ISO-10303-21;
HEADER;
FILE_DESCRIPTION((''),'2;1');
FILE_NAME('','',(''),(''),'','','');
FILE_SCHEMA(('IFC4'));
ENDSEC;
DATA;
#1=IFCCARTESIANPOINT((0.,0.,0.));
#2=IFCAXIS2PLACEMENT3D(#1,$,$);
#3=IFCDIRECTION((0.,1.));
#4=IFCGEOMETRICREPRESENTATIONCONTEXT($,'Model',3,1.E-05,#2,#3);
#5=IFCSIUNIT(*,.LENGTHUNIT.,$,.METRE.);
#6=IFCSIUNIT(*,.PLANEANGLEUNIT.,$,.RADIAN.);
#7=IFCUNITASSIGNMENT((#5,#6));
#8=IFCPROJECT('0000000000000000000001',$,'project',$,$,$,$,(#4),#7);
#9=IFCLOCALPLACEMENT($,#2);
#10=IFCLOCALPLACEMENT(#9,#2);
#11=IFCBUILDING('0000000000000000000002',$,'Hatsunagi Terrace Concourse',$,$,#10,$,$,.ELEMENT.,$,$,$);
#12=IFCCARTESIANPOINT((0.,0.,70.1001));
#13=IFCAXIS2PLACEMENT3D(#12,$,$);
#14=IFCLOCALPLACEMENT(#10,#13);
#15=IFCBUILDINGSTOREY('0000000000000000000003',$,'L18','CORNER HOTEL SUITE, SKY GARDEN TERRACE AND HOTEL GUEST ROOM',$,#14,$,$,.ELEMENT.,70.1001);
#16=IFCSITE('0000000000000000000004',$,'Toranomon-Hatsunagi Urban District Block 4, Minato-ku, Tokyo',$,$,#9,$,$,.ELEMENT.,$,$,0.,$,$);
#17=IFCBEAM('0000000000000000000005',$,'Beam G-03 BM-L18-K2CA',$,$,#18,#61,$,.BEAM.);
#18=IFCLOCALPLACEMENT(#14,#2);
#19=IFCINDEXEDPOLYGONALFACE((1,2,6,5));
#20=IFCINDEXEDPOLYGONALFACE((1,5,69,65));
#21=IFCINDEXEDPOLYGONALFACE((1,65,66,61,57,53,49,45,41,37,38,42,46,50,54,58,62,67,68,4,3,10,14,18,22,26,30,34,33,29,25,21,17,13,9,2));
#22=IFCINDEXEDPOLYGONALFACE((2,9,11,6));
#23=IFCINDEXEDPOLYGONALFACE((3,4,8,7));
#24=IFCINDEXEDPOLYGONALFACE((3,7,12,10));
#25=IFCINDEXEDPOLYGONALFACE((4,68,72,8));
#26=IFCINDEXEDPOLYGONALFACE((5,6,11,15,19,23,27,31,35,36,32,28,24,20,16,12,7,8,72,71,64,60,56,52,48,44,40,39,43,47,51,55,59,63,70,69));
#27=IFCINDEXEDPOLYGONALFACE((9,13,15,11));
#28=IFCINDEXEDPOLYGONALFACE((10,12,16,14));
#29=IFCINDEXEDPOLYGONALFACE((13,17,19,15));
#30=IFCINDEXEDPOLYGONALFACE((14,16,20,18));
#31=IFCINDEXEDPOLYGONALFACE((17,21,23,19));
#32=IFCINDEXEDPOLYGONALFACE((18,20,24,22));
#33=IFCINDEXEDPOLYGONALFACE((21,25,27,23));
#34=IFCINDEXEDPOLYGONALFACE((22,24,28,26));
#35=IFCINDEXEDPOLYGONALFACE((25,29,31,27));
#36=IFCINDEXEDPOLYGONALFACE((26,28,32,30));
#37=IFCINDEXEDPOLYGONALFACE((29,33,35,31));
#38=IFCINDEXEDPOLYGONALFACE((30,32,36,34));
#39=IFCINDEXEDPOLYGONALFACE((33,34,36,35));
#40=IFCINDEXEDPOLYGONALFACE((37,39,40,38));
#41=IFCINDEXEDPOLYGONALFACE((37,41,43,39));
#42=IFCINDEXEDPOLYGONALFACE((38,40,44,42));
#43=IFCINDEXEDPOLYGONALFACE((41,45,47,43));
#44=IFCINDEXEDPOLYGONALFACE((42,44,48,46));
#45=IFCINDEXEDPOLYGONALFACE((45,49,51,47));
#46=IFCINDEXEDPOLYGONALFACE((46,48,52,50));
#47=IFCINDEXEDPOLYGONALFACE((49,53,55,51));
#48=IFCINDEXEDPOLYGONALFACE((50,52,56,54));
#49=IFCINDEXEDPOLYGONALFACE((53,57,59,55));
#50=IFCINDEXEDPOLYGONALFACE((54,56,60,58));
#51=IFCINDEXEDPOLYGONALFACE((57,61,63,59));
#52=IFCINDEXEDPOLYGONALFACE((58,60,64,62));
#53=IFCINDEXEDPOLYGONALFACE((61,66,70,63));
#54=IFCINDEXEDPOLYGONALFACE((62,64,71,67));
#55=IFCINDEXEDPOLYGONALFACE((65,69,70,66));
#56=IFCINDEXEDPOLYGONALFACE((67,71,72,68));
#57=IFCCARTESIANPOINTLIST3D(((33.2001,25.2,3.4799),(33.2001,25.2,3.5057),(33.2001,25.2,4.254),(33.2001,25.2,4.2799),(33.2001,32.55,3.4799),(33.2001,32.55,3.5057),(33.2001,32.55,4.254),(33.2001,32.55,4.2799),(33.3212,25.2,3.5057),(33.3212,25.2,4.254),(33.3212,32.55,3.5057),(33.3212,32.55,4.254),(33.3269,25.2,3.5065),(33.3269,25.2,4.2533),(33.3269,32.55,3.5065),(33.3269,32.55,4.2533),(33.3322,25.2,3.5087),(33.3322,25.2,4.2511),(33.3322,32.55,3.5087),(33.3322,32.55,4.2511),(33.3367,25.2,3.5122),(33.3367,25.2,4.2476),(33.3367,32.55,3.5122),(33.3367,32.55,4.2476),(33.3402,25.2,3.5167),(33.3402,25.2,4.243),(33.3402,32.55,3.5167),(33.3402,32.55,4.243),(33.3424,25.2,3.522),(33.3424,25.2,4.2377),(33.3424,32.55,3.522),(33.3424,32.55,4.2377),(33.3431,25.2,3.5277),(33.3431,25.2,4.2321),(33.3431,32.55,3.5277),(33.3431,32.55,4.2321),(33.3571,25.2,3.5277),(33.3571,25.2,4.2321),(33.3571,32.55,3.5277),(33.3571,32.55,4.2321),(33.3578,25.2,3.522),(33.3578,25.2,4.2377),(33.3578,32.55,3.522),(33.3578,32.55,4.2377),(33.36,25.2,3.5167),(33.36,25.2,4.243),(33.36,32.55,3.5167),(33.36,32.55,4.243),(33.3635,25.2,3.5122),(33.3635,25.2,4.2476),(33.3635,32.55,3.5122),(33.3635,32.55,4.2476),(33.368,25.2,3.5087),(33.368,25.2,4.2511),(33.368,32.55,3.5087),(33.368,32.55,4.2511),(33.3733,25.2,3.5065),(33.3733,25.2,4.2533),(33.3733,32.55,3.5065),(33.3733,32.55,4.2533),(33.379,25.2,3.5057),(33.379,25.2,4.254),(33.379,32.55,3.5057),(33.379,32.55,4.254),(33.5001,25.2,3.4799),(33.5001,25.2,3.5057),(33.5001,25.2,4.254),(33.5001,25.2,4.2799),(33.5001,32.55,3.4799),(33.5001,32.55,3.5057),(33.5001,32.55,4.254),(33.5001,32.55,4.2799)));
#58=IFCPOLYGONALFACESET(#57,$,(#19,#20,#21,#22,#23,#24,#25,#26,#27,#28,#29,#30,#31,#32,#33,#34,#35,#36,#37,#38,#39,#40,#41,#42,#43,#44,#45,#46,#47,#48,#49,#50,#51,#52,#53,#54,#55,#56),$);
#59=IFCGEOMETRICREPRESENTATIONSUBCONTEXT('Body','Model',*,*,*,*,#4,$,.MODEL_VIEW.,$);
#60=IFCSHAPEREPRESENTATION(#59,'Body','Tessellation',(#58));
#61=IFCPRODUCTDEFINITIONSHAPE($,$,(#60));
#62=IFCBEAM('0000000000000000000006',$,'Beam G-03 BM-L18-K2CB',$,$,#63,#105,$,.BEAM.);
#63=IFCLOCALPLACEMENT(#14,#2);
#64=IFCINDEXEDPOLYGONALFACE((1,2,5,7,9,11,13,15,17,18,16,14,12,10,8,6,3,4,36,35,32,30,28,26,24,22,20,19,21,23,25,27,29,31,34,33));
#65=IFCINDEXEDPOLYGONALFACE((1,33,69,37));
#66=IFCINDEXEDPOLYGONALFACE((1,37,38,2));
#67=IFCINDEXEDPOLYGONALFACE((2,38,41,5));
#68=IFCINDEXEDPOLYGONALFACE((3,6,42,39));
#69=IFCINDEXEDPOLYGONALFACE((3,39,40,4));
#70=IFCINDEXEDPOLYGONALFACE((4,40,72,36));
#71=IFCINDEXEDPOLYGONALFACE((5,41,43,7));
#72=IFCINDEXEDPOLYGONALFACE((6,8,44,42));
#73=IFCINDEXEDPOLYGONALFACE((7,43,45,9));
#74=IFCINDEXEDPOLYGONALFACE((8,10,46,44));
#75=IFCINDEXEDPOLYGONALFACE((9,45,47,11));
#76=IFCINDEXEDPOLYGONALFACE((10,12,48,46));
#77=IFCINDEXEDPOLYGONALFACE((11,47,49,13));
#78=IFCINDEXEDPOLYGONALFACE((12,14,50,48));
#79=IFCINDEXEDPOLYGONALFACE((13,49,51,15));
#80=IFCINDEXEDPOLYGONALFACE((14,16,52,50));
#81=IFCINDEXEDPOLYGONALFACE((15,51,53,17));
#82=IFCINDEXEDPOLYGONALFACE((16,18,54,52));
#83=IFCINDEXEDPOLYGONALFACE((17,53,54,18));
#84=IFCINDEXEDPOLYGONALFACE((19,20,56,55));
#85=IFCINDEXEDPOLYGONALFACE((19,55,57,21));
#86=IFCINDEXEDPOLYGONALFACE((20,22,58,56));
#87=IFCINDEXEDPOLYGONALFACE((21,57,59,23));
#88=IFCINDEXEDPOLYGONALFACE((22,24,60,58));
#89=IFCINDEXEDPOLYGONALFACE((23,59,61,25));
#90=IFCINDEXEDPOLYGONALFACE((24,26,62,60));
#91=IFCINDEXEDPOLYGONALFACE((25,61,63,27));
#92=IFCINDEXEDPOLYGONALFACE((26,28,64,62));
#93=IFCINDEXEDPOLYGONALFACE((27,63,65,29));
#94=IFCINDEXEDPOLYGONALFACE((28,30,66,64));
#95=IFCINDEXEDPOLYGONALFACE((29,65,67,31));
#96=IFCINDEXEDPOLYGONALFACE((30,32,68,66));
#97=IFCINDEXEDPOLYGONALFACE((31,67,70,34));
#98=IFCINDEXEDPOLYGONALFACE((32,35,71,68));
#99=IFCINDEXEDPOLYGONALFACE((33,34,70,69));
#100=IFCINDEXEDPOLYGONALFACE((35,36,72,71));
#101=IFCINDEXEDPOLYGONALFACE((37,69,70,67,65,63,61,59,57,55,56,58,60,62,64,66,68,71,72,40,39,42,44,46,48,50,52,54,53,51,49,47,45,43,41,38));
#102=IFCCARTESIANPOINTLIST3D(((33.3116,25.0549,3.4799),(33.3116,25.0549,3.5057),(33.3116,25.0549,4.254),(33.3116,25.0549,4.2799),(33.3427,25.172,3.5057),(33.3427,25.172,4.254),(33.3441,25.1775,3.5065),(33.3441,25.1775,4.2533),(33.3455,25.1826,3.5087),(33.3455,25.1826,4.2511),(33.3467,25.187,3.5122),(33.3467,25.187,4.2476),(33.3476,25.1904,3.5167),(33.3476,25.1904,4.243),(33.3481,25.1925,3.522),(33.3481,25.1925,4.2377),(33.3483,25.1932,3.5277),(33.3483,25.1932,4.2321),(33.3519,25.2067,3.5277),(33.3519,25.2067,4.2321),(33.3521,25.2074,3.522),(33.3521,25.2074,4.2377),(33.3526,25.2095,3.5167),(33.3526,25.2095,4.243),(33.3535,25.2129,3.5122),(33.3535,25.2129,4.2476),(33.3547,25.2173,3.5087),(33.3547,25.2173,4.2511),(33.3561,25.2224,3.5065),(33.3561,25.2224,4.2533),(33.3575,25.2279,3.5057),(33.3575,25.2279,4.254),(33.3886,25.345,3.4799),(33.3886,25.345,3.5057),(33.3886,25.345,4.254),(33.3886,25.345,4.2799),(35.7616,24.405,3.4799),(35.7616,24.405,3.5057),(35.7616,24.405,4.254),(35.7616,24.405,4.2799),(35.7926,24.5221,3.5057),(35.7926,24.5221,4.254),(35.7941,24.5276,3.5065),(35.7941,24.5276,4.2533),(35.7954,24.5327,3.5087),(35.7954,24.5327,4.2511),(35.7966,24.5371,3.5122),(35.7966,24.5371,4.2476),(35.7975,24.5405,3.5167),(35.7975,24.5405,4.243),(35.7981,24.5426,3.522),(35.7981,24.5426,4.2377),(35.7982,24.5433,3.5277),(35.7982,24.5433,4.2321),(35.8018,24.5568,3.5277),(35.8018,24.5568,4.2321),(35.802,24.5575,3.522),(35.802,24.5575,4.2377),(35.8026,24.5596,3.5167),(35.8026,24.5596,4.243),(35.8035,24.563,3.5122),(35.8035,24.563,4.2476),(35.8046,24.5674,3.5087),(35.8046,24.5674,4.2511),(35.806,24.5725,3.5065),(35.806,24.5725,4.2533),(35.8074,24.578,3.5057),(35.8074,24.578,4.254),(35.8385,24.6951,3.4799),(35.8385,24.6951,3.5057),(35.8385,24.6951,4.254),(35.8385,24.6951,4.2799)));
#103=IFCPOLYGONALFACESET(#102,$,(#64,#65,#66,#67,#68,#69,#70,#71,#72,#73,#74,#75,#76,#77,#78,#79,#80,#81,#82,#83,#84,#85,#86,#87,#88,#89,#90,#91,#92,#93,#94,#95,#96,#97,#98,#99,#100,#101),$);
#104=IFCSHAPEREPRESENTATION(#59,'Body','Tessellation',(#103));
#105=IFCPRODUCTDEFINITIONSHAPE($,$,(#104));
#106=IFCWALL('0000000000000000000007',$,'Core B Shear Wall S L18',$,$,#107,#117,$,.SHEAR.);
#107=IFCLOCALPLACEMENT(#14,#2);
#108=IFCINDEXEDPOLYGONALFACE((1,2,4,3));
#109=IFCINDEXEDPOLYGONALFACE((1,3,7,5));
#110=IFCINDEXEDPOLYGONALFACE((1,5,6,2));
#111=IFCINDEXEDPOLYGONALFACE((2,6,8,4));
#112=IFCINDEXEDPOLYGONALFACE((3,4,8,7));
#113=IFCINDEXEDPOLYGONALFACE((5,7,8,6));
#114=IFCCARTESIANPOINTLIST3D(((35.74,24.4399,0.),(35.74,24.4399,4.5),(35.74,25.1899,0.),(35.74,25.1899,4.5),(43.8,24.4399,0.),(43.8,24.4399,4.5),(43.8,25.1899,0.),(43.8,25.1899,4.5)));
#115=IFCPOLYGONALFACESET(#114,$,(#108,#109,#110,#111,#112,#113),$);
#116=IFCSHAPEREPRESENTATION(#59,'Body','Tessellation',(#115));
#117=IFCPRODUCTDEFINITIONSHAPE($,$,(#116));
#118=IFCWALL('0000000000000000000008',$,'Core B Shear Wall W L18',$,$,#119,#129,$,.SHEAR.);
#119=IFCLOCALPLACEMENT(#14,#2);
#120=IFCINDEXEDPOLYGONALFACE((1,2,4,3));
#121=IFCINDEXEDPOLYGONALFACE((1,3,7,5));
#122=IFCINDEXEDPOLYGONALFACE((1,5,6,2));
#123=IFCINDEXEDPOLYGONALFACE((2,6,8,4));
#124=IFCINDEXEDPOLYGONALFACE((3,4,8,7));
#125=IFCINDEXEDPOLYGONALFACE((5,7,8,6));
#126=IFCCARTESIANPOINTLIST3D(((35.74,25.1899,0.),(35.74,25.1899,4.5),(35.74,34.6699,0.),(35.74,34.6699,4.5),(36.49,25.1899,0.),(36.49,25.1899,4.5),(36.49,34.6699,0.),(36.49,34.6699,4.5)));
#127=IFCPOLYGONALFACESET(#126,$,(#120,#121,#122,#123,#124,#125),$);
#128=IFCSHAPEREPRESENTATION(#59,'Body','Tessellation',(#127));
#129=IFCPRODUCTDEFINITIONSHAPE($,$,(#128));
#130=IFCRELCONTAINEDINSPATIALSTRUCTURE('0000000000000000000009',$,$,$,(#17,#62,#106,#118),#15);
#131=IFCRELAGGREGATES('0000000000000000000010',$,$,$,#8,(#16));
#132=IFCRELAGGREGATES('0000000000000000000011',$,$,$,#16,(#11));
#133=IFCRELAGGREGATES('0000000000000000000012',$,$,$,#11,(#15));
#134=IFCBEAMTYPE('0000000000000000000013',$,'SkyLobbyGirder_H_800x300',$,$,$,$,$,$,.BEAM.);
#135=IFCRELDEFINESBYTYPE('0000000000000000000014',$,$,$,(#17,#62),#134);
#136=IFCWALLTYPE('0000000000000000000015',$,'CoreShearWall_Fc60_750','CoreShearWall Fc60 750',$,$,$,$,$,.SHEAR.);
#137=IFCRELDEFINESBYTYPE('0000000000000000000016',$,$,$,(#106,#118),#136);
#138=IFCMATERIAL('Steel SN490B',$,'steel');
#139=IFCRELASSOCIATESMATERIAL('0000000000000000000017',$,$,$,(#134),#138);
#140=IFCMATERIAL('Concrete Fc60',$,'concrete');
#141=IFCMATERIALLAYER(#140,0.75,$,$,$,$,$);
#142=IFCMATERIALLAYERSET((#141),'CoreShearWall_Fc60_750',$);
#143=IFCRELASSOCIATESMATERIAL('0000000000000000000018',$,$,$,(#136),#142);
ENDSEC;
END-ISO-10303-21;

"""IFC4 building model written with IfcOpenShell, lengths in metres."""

from ifc_helpers import new_model, si_unit, direction, frame, frame_2d, origin, origin_2d, place, context, subcontext, project, spatial, rectangle, i_section, extrude, material, layer, layer_set, material_profile, profile_set, type_object, element, save


model = new_model("IFC4")

# Units and contexts
model_context = context("Model", 3, precision=1e-05, world=origin(), true_north=direction((0.0, 1.0)))
body_context = subcontext(model_context, "Body", "Model", "MODEL_VIEW")
ifc_project = project(units=[si_unit("LENGTHUNIT", "METRE"), si_unit("PLANEANGLEUNIT", "RADIAN")], contexts=[model_context])

# Site, building, storey
site_placement = place(None, origin())
site = spatial("IfcSite", under=ifc_project, at=site_placement, Name="Toranomon-Hatsunagi Urban District Block 4, Minato-ku, Tokyo", CompositionType="ELEMENT", RefElevation=0.0)
building_placement = place(site_placement, origin())
building = spatial("IfcBuilding", under=site, at=building_placement, Name="Hatsunagi Terrace Concourse", CompositionType="ELEMENT")
storey_placement = place(building_placement, frame((0.0, 0.0, 70.1001)))
storey = spatial("IfcBuildingStorey", under=building, at=storey_placement, Name="L18", Description="CORNER HOTEL SUITE, SKY GARDEN TERRACE AND HOTEL GUEST ROOM", CompositionType="ELEMENT", Elevation=70.1001)

# Beams
ifc_material_1 = material(Name="Steel SN490B", Category="steel")
ifc_material_profile_1 = material_profile(ifc_material_1, i_section(OverallWidth=0.3, OverallDepth=0.8, WebThickness=0.0139, FlangeThickness=0.0259, FilletRadius=0.022, at=origin_2d()), Name="H-800x300x14x26")
ifc_profile_set_1 = profile_set([ifc_material_profile_1], Name="Steel SN490B")
beam_type_1 = type_object("IfcBeamType", Name="SkyLobbyGirder_H_800x300", PredefinedType="BEAM", material=ifc_profile_set_1)
beam_1_placement = place(storey_placement, frame((33.3501, 25.2, 3.8799), z_axis=(0.0, 1.0, 0.0), x_axis=(-1.0, 0.0, 0.0)))
element("IfcBeam", 1, at=beam_1_placement, inside=storey, type_object=beam_type_1, Name="Beam G-03 BM-L18-K2CA", PredefinedType="BEAM", context=body_context, shape_type="SweptSolid", body=[
    extrude(i_section(OverallWidth=0.3, OverallDepth=0.8, WebThickness=0.0139, FlangeThickness=0.0259, FilletRadius=0.022, at=origin_2d()), origin(), (0.0, 0.0, 1.0), 7.3501),
])
beam_2_placement = place(storey_placement, frame((33.3501, 25.2, 3.8799), z_axis=(0.96657, -0.256403, 0.0), x_axis=(0.256403, 0.96657, 0.0)))
element("IfcBeam", 2, at=beam_2_placement, inside=storey, type_object=beam_type_1, Name="Beam G-03 BM-L18-K2CB", PredefinedType="BEAM", context=body_context, shape_type="SweptSolid", body=[
    extrude(i_section(OverallWidth=0.3, OverallDepth=0.8, WebThickness=0.0139, FlangeThickness=0.0259, FilletRadius=0.022, at=origin_2d()), origin(), (0.0, 0.0, 1.0), 2.5347),
])

# Walls
ifc_material_2 = material(Name="Concrete Fc60", Category="concrete")
ifc_layer_1 = layer(ifc_material_2, 0.75)
ifc_layer_set_1 = layer_set([ifc_layer_1], Name="CoreShearWall_Fc60_750")
wall_type_1 = type_object("IfcWallType", Name="CoreShearWall_Fc60_750", Description="CoreShearWall Fc60 750", PredefinedType="SHEAR", material=ifc_layer_set_1)
wall_1_placement = place(storey_placement, frame((35.74, 24.8149, 0.0), z_axis=(0.0, 0.0, 1.0), x_axis=(1.0, 0.0, 0.0)))
element("IfcWall", 3, at=wall_1_placement, inside=storey, type_object=wall_type_1, Name="Core B Shear Wall S L18", PredefinedType="SHEAR", context=body_context, shape_type="SweptSolid", body=[
    extrude(rectangle(XDim=8.0601, YDim=0.75, at=frame_2d((4.03, 0.0))), origin(), (0.0, 0.0, 1.0), 4.5),
])
wall_2_placement = place(storey_placement, frame((36.115, 25.1899, 0.0), z_axis=(0.0, 0.0, 1.0), x_axis=(0.0, 1.0, 0.0)))
element("IfcWall", 4, at=wall_2_placement, inside=storey, type_object=wall_type_1, Name="Core B Shear Wall W L18", PredefinedType="SHEAR", context=body_context, shape_type="SweptSolid", body=[
    extrude(rectangle(XDim=9.48, YDim=0.75, at=frame_2d((4.74, 0.0))), origin(), (0.0, 0.0, 1.0), 4.5),
])

save(model, "model.ifc")
